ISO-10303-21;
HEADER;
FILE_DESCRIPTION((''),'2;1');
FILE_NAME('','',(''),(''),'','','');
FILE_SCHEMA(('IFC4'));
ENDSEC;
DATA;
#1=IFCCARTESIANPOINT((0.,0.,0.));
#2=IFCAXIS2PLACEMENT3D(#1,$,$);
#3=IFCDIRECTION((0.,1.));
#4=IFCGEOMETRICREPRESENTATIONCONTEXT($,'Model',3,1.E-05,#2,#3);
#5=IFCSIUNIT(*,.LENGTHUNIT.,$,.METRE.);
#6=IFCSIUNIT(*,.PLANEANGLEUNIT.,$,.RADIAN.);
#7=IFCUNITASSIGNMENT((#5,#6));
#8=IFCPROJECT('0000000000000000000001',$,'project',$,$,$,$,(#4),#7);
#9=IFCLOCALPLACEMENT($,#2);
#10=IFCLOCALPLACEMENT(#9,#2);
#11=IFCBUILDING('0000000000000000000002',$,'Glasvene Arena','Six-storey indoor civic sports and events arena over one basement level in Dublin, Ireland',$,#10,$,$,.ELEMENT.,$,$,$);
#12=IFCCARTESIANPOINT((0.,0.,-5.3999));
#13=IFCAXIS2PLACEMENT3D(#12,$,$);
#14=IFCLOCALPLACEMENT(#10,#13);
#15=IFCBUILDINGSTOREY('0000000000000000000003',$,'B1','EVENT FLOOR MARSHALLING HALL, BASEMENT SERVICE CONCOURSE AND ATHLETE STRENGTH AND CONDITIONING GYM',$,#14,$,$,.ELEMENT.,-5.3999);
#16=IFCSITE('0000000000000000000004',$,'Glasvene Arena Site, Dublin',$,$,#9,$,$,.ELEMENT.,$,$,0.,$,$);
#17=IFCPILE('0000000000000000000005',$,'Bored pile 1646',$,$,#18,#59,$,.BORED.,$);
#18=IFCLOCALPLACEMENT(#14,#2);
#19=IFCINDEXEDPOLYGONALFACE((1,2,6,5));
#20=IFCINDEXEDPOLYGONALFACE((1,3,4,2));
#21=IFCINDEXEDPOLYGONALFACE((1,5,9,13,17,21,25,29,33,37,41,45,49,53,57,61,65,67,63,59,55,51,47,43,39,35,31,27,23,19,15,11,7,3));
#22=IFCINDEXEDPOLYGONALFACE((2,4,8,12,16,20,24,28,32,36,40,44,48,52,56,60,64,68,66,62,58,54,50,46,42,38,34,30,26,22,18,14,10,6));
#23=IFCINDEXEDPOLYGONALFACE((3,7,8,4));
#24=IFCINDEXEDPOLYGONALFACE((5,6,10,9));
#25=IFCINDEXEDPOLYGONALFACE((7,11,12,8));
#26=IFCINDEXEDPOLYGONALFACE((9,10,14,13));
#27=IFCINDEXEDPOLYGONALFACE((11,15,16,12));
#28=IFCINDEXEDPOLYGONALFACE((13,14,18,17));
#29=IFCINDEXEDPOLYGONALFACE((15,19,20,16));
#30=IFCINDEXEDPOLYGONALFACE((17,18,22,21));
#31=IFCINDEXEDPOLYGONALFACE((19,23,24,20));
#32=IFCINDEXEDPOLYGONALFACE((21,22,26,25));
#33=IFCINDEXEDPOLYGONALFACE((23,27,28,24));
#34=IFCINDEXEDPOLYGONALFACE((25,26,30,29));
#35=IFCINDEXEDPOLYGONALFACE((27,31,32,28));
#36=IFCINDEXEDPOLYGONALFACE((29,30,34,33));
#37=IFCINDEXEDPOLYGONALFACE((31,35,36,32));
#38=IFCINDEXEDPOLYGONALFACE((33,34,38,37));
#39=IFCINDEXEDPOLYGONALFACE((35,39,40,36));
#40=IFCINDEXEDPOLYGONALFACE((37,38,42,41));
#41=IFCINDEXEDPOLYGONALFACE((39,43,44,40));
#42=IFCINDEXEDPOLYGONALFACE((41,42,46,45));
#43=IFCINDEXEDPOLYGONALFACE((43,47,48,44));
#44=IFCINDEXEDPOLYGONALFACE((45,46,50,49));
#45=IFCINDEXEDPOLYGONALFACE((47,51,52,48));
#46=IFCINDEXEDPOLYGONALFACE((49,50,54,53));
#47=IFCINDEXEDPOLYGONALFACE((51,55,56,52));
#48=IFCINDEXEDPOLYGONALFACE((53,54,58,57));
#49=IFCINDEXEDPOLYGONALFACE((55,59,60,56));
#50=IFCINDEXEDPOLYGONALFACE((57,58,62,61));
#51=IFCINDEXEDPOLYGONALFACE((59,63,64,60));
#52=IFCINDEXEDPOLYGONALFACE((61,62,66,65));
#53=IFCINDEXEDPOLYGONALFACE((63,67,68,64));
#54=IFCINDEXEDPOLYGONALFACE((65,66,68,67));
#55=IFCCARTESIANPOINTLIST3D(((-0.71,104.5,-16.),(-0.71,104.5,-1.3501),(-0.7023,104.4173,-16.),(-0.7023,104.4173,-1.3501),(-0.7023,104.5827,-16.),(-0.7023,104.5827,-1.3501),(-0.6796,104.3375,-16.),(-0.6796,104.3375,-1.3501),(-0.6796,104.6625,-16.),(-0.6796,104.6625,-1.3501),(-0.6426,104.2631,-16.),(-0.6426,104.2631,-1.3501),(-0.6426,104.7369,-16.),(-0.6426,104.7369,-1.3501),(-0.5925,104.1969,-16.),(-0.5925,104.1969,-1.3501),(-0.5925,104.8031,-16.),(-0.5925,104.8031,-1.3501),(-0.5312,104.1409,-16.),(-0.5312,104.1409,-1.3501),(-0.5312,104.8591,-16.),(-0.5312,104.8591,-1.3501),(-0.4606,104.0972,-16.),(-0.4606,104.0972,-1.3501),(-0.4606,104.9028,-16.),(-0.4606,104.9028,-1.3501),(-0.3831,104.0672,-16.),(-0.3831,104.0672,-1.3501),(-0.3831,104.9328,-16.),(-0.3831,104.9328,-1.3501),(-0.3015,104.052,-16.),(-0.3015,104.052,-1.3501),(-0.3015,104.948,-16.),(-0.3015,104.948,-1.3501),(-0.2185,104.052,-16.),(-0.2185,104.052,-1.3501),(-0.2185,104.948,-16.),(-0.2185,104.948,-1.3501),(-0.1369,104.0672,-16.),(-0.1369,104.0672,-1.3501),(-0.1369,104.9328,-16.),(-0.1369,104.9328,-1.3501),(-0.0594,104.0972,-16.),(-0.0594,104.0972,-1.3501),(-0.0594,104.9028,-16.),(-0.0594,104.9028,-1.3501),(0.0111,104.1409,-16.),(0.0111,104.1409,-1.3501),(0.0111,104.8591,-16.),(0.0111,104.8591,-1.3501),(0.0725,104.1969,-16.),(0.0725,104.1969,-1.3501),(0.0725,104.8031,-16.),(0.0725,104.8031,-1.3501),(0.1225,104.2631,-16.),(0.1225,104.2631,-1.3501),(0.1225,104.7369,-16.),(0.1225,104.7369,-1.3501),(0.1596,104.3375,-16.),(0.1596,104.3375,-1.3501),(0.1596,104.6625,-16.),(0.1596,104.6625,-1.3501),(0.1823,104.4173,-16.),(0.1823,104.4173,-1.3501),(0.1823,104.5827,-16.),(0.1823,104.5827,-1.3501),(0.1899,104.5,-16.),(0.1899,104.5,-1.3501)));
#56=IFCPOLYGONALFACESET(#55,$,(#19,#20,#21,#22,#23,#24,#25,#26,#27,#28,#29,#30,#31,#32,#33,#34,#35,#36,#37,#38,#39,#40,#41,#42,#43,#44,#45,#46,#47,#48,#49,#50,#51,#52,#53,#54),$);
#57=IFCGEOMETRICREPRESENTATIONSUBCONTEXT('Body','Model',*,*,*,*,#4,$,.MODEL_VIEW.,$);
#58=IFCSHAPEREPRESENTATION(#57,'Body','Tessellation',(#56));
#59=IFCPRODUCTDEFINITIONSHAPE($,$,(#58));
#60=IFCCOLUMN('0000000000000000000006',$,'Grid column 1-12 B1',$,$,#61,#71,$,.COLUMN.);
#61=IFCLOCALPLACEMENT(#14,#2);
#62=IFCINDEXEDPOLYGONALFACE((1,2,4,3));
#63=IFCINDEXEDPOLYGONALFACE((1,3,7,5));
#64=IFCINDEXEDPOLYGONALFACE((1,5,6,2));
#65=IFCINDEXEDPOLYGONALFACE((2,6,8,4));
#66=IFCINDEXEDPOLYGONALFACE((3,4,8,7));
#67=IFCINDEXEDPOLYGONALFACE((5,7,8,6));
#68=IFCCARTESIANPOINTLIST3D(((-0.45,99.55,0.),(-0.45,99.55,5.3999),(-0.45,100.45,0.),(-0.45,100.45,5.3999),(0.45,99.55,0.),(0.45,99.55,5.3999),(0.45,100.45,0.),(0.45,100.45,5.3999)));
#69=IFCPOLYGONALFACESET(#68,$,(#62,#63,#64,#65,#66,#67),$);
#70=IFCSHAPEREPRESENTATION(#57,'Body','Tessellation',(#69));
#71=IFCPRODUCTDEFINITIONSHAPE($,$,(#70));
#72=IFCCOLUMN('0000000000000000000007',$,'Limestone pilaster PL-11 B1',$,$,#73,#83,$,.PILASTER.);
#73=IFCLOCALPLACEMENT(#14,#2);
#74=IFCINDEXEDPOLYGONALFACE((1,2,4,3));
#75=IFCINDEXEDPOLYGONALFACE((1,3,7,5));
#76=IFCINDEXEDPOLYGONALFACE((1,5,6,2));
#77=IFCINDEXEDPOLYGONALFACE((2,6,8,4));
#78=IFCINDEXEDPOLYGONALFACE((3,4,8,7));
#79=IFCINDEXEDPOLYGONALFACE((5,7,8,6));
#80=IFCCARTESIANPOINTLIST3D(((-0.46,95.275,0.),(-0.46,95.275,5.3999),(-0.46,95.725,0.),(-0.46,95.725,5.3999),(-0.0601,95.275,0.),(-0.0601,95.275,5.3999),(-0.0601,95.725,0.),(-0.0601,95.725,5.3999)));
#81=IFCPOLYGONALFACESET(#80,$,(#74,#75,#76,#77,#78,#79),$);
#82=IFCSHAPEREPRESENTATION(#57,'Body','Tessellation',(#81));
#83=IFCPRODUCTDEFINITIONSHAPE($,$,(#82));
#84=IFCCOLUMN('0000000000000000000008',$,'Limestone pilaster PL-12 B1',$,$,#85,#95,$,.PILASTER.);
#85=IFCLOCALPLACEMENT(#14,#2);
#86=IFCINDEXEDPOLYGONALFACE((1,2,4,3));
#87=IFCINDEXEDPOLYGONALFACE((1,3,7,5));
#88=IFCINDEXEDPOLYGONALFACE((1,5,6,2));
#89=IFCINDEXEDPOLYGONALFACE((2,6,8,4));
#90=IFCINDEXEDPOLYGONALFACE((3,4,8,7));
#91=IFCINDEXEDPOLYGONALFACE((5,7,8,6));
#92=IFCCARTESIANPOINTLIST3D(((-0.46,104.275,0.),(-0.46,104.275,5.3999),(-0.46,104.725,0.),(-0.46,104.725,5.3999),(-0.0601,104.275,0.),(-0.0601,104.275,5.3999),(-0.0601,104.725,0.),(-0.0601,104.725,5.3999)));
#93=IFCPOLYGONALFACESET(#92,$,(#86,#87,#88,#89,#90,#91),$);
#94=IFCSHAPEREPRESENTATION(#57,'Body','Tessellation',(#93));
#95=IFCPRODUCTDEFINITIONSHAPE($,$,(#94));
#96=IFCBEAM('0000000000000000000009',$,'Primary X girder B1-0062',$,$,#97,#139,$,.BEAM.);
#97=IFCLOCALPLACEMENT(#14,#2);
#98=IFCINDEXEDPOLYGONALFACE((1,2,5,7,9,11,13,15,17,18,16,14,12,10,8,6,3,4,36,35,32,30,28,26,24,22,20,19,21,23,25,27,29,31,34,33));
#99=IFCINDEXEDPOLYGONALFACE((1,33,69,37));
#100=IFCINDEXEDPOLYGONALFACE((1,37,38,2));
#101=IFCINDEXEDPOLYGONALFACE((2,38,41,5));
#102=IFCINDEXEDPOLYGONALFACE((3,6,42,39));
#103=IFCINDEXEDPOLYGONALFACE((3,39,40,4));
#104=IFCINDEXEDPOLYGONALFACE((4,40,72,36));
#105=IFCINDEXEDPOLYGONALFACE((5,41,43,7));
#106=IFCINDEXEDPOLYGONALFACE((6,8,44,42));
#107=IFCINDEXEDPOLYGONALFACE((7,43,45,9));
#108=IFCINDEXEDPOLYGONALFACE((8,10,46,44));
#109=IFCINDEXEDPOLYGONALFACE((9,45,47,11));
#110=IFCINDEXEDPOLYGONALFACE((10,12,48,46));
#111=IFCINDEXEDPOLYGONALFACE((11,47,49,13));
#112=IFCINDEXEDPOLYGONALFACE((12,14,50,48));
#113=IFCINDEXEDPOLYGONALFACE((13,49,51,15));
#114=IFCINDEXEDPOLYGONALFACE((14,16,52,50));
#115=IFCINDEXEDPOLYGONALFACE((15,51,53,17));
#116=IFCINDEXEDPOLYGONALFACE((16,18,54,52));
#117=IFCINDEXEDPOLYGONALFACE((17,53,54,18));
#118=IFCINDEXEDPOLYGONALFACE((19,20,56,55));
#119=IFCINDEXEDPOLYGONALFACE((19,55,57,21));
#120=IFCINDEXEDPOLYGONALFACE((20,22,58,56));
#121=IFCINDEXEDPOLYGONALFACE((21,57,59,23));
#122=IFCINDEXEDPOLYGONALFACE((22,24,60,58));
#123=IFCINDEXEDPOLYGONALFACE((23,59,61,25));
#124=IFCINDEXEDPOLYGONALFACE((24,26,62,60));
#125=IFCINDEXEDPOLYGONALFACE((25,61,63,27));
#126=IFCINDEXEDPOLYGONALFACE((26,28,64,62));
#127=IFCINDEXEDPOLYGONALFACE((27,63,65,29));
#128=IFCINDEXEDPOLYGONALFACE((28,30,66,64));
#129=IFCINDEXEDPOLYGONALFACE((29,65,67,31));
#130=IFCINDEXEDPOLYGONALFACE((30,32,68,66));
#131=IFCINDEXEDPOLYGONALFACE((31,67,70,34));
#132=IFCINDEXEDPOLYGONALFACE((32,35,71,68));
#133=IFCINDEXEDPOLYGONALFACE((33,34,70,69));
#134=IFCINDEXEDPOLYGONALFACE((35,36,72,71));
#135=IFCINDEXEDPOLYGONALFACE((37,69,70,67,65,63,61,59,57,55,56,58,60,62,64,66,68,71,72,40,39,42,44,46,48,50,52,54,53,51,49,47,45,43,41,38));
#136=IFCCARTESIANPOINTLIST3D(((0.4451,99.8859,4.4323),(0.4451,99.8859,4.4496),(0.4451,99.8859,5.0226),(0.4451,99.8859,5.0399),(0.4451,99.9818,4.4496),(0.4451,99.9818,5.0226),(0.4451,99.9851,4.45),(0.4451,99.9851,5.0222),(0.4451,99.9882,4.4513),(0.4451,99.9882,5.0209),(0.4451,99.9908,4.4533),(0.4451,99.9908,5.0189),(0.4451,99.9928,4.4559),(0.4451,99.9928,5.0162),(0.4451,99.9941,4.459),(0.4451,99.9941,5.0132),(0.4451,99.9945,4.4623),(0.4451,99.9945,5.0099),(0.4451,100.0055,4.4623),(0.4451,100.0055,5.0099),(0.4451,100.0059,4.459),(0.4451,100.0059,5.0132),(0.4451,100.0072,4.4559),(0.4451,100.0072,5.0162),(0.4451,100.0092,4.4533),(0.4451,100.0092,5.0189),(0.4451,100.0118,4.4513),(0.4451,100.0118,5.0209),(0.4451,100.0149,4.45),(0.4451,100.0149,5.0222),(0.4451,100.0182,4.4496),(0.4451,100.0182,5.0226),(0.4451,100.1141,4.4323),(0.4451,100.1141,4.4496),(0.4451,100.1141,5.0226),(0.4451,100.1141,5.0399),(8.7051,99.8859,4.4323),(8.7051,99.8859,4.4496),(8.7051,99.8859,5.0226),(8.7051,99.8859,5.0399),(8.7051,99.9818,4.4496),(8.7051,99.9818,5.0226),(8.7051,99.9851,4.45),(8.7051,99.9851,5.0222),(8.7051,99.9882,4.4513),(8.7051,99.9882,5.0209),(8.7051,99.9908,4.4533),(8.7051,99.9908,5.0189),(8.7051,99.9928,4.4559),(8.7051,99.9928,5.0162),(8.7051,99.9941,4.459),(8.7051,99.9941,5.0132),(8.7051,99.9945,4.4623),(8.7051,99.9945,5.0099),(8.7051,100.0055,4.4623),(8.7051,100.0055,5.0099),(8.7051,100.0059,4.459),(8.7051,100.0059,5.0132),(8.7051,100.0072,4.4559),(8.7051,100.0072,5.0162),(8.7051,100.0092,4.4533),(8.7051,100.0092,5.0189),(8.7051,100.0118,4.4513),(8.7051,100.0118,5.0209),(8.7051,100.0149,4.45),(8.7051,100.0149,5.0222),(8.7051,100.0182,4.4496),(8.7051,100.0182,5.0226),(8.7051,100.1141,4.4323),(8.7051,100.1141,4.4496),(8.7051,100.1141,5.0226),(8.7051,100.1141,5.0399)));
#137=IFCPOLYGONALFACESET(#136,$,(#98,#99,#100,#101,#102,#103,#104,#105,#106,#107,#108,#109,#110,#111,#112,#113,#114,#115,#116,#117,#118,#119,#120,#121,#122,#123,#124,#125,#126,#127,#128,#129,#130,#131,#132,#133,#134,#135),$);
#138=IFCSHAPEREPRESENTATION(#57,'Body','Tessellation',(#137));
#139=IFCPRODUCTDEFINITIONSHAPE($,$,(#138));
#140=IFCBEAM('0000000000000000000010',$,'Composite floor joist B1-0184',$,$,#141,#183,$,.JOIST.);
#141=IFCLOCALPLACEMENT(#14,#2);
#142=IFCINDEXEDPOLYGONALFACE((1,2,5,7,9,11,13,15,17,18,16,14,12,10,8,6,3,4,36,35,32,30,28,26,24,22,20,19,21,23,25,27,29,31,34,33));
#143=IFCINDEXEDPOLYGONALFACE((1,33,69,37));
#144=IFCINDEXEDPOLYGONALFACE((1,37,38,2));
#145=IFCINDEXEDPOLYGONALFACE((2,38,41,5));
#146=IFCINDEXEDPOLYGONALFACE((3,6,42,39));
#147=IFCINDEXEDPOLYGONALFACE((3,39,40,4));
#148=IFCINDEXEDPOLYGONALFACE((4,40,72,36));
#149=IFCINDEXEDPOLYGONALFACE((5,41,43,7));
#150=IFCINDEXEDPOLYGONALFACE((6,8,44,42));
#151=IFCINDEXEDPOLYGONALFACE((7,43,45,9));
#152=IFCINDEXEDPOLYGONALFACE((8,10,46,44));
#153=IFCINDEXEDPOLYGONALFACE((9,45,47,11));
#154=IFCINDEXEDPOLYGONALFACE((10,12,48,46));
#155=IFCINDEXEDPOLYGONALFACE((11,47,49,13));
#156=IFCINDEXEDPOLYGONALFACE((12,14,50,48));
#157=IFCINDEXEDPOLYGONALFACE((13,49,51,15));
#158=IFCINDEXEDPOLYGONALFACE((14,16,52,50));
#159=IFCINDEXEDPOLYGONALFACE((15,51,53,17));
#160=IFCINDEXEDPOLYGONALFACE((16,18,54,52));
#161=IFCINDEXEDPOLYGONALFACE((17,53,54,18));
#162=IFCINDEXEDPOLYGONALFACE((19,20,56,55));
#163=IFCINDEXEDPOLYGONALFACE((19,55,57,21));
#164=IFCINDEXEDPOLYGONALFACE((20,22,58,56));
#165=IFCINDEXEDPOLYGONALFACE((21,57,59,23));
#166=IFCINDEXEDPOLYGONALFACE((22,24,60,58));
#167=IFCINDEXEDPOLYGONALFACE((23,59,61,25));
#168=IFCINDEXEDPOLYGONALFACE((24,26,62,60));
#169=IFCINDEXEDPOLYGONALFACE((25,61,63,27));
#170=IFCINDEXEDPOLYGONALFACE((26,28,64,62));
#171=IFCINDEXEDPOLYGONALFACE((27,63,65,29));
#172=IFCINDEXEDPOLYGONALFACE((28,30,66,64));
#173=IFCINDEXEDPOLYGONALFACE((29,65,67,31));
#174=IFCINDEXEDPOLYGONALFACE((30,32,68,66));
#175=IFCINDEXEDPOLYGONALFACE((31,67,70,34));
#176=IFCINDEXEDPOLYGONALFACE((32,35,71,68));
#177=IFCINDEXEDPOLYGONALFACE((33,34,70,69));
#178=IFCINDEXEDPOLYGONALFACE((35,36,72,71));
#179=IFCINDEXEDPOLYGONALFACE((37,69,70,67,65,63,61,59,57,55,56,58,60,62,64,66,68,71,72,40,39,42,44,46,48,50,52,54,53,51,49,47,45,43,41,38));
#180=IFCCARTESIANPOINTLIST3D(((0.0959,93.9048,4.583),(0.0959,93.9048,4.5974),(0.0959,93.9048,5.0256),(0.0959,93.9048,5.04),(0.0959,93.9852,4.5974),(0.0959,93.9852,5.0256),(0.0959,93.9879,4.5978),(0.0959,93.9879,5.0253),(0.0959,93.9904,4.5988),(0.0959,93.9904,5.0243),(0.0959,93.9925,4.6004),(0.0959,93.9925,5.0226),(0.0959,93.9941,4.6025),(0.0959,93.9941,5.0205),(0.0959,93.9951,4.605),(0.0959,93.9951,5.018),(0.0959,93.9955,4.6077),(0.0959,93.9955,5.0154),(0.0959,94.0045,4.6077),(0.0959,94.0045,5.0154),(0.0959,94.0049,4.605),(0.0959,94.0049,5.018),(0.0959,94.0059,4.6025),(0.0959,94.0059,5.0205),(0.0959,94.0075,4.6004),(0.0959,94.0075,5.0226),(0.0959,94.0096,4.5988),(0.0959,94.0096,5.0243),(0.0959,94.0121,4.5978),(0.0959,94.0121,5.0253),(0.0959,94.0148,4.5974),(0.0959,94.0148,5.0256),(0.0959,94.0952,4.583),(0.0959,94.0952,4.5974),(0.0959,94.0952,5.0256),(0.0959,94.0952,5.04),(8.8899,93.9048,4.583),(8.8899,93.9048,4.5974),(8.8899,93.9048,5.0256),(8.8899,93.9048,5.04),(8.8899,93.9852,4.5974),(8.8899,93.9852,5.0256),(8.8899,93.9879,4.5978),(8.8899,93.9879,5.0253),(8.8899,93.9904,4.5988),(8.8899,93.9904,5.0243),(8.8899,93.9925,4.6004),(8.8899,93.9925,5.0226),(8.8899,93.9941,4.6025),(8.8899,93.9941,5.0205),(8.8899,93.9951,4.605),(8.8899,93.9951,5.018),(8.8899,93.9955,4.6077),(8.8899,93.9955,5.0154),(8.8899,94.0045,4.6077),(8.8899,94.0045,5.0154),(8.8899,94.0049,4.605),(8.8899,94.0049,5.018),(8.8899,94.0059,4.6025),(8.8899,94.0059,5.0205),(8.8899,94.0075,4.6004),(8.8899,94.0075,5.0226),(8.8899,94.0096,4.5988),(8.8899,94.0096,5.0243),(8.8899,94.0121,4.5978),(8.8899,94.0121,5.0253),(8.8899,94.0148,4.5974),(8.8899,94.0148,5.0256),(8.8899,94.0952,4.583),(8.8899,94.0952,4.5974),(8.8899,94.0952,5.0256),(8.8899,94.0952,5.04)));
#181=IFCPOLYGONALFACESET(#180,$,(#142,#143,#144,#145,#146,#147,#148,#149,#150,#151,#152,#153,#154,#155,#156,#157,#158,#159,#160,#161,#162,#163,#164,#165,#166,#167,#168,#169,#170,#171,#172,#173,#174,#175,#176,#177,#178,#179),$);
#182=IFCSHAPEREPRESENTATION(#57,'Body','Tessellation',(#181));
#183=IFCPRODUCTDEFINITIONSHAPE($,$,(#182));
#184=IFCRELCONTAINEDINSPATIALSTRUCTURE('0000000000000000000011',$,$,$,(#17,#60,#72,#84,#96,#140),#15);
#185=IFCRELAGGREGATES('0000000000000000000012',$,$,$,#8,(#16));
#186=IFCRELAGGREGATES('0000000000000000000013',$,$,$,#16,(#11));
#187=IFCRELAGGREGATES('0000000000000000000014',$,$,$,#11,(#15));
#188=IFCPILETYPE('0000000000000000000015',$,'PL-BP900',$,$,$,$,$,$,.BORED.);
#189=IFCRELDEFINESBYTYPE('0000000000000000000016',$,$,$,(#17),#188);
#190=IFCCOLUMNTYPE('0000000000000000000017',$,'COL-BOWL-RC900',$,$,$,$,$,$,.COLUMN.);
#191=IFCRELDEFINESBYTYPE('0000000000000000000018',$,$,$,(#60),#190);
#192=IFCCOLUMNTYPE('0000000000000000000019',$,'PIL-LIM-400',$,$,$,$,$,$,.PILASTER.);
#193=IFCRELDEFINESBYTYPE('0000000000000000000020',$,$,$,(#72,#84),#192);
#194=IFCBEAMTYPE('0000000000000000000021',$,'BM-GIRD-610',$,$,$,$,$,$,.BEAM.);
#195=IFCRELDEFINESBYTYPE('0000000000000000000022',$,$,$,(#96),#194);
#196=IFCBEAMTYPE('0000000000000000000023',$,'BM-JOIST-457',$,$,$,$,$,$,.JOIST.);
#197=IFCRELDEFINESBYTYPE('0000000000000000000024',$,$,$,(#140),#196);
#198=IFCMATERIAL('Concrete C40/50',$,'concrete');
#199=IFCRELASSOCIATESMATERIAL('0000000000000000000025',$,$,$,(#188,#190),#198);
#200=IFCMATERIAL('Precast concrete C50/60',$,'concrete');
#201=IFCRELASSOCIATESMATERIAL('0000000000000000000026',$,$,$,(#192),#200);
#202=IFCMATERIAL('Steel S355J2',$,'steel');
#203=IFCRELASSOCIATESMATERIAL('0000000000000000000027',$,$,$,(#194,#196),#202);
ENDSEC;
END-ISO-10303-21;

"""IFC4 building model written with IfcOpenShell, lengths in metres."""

from ifc_helpers import new_model, si_unit, direction, frame, origin, origin_2d, place, context, subcontext, project, spatial, rectangle, circle, i_section, extrude, material, material_profile, profile_set, type_object, element, save


model = new_model("IFC4")

# Units and contexts
model_context = context("Model", 3, precision=1e-05, world=origin(), true_north=direction((0.0, 1.0)))
body_context = subcontext(model_context, "Body", "Model", "MODEL_VIEW")
ifc_project = project(units=[si_unit("LENGTHUNIT", "METRE"), si_unit("PLANEANGLEUNIT", "RADIAN")], contexts=[model_context])

# Site, building, storey
site_placement = place(None, origin())
site = spatial("IfcSite", under=ifc_project, at=site_placement, Name="Glasvene Arena Site, Dublin", CompositionType="ELEMENT", RefElevation=0.0)
building_placement = place(site_placement, origin())
building = spatial("IfcBuilding", under=site, at=building_placement, Name="Glasvene Arena", Description="Six-storey indoor civic sports and events arena over one basement level in Dublin, Ireland", CompositionType="ELEMENT")
storey_placement = place(building_placement, frame((0.0, 0.0, -5.3999)))
storey = spatial("IfcBuildingStorey", under=building, at=storey_placement, Name="B1", Description="EVENT FLOOR MARSHALLING HALL, BASEMENT SERVICE CONCOURSE AND ATHLETE STRENGTH AND CONDITIONING GYM", CompositionType="ELEMENT", Elevation=-5.3999)

# Shared definitions
ifc_material_1 = material(Name="Concrete C40/50", Category="concrete")

# Pile
ifc_material_profile_1 = material_profile(ifc_material_1, circle(Radius=0.45, at=origin_2d()), Name="BORED PILE 900")
ifc_profile_set_1 = profile_set([ifc_material_profile_1], Name="Concrete C40/50")
pile_type = type_object("IfcPileType", Name="PL-BP900", PredefinedType="BORED", material=ifc_profile_set_1)
for number, where, z_axis, x_axis, name in (
    (1, (-0.26, 104.5, -1.3501), (0.0, 0.0, -1.0), (1.0, 0.0, 0.0), "Bored pile 1646"),
):
    element("IfcPile", number, at=place(storey_placement, frame(where, z_axis=z_axis, x_axis=x_axis)), inside=storey, type_object=pile_type, Name=name, PredefinedType="BORED", context=body_context, shape_type="SweptSolid", body=[
        extrude(circle(Radius=0.45, at=origin_2d()), origin(), (0.0, 0.0, 1.0), 14.6499),
    ])

# Columns
ifc_material_profile_2 = material_profile(ifc_material_1, rectangle(XDim=0.8999, YDim=0.8999, at=origin_2d()), Name="RC 900x900")
ifc_profile_set_2 = profile_set([ifc_material_profile_2], Name="Concrete C40/50")
column_type_1 = type_object("IfcColumnType", Name="COL-BOWL-RC900", PredefinedType="COLUMN", material=ifc_profile_set_2)
column_placement = place(storey_placement, frame((0.0, 100.0, 0.0), z_axis=(0.0, 0.0, 1.0), x_axis=(1.0, 0.0, 0.0)))
element("IfcColumn", 2, at=column_placement, inside=storey, type_object=column_type_1, Name="Grid column 1-12 B1", PredefinedType="COLUMN", context=body_context, shape_type="SweptSolid", body=[
    extrude(rectangle(XDim=0.8999, YDim=0.8999, at=origin_2d()), origin(), (0.0, 0.0, 1.0), 5.3999),
])
ifc_material_2 = material(Name="Precast concrete C50/60", Category="concrete")
ifc_material_profile_3 = material_profile(ifc_material_2, rectangle(XDim=0.3999, YDim=0.45, at=origin_2d()), Name="RC 400x450")
ifc_profile_set_3 = profile_set([ifc_material_profile_3], Name="Precast concrete C50/60")
column_type_2 = type_object("IfcColumnType", Name="PIL-LIM-400", PredefinedType="PILASTER", material=ifc_profile_set_3)
for number, where, z_axis, x_axis, name in (
    (3, (-0.26, 95.5, 0.0), (0.0, 0.0, 1.0), (1.0, 0.0, 0.0), "Limestone pilaster PL-11 B1"),
    (4, (-0.26, 104.5, 0.0), (0.0, 0.0, 1.0), (1.0, 0.0, 0.0), "Limestone pilaster PL-12 B1"),
):
    element("IfcColumn", number, at=place(storey_placement, frame(where, z_axis=z_axis, x_axis=x_axis)), inside=storey, type_object=column_type_2, Name=name, PredefinedType="PILASTER", context=body_context, shape_type="SweptSolid", body=[
        extrude(rectangle(XDim=0.3999, YDim=0.45, at=origin_2d()), origin(), (0.0, 0.0, 1.0), 5.3999),
    ])

# Beams
ifc_material_3 = material(Name="Steel S355J2", Category="steel")
ifc_material_profile_4 = material_profile(ifc_material_3, i_section(OverallWidth=0.2283, OverallDepth=0.6077, WebThickness=0.011, FlangeThickness=0.0173, FilletRadius=0.0127, at=origin_2d()), Name="UKB 610x229x113")
ifc_profile_set_4 = profile_set([ifc_material_profile_4], Name="Steel S355J2")
beam_type_1 = type_object("IfcBeamType", Name="BM-GIRD-610", PredefinedType="BEAM", material=ifc_profile_set_4)
beam_placement = place(storey_placement, frame((0.4451, 100.0, 4.7361), z_axis=(1.0, 0.0, 0.0), x_axis=(0.0, 1.0, 0.0)))
element("IfcBeam", 5, at=beam_placement, inside=storey, type_object=beam_type_1, Name="Primary X girder B1-0062", PredefinedType="BEAM", context=body_context, shape_type="SweptSolid", body=[
    extrude(i_section(OverallWidth=0.2283, OverallDepth=0.6077, WebThickness=0.011, FlangeThickness=0.0173, FilletRadius=0.0127, at=origin_2d()), origin(), (0.0, 0.0, 1.0), 8.26),
])
ifc_material_profile_5 = material_profile(ifc_material_3, i_section(OverallWidth=0.1904, OverallDepth=0.457, WebThickness=0.009, FlangeThickness=0.0144, FilletRadius=0.0103, at=origin_2d()), Name="UKB 457x191x74")
ifc_profile_set_5 = profile_set([ifc_material_profile_5], Name="Steel S355J2")
beam_type_2 = type_object("IfcBeamType", Name="BM-JOIST-457", PredefinedType="JOIST", material=ifc_profile_set_5)
for number, where, z_axis, x_axis, name in (
    (6, (0.0959, 94.0, 4.8115), (1.0, 0.0, 0.0), (0.0, 1.0, 0.0), "Composite floor joist B1-0184"),
):
    element("IfcBeam", number, at=place(storey_placement, frame(where, z_axis=z_axis, x_axis=x_axis)), inside=storey, type_object=beam_type_2, Name=name, PredefinedType="JOIST", context=body_context, shape_type="SweptSolid", body=[
        extrude(i_section(OverallWidth=0.1904, OverallDepth=0.457, WebThickness=0.009, FlangeThickness=0.0144, FilletRadius=0.0103, at=origin_2d()), origin(), (0.0, 0.0, 1.0), 8.7939),
    ])

save(model, "model.ifc")
